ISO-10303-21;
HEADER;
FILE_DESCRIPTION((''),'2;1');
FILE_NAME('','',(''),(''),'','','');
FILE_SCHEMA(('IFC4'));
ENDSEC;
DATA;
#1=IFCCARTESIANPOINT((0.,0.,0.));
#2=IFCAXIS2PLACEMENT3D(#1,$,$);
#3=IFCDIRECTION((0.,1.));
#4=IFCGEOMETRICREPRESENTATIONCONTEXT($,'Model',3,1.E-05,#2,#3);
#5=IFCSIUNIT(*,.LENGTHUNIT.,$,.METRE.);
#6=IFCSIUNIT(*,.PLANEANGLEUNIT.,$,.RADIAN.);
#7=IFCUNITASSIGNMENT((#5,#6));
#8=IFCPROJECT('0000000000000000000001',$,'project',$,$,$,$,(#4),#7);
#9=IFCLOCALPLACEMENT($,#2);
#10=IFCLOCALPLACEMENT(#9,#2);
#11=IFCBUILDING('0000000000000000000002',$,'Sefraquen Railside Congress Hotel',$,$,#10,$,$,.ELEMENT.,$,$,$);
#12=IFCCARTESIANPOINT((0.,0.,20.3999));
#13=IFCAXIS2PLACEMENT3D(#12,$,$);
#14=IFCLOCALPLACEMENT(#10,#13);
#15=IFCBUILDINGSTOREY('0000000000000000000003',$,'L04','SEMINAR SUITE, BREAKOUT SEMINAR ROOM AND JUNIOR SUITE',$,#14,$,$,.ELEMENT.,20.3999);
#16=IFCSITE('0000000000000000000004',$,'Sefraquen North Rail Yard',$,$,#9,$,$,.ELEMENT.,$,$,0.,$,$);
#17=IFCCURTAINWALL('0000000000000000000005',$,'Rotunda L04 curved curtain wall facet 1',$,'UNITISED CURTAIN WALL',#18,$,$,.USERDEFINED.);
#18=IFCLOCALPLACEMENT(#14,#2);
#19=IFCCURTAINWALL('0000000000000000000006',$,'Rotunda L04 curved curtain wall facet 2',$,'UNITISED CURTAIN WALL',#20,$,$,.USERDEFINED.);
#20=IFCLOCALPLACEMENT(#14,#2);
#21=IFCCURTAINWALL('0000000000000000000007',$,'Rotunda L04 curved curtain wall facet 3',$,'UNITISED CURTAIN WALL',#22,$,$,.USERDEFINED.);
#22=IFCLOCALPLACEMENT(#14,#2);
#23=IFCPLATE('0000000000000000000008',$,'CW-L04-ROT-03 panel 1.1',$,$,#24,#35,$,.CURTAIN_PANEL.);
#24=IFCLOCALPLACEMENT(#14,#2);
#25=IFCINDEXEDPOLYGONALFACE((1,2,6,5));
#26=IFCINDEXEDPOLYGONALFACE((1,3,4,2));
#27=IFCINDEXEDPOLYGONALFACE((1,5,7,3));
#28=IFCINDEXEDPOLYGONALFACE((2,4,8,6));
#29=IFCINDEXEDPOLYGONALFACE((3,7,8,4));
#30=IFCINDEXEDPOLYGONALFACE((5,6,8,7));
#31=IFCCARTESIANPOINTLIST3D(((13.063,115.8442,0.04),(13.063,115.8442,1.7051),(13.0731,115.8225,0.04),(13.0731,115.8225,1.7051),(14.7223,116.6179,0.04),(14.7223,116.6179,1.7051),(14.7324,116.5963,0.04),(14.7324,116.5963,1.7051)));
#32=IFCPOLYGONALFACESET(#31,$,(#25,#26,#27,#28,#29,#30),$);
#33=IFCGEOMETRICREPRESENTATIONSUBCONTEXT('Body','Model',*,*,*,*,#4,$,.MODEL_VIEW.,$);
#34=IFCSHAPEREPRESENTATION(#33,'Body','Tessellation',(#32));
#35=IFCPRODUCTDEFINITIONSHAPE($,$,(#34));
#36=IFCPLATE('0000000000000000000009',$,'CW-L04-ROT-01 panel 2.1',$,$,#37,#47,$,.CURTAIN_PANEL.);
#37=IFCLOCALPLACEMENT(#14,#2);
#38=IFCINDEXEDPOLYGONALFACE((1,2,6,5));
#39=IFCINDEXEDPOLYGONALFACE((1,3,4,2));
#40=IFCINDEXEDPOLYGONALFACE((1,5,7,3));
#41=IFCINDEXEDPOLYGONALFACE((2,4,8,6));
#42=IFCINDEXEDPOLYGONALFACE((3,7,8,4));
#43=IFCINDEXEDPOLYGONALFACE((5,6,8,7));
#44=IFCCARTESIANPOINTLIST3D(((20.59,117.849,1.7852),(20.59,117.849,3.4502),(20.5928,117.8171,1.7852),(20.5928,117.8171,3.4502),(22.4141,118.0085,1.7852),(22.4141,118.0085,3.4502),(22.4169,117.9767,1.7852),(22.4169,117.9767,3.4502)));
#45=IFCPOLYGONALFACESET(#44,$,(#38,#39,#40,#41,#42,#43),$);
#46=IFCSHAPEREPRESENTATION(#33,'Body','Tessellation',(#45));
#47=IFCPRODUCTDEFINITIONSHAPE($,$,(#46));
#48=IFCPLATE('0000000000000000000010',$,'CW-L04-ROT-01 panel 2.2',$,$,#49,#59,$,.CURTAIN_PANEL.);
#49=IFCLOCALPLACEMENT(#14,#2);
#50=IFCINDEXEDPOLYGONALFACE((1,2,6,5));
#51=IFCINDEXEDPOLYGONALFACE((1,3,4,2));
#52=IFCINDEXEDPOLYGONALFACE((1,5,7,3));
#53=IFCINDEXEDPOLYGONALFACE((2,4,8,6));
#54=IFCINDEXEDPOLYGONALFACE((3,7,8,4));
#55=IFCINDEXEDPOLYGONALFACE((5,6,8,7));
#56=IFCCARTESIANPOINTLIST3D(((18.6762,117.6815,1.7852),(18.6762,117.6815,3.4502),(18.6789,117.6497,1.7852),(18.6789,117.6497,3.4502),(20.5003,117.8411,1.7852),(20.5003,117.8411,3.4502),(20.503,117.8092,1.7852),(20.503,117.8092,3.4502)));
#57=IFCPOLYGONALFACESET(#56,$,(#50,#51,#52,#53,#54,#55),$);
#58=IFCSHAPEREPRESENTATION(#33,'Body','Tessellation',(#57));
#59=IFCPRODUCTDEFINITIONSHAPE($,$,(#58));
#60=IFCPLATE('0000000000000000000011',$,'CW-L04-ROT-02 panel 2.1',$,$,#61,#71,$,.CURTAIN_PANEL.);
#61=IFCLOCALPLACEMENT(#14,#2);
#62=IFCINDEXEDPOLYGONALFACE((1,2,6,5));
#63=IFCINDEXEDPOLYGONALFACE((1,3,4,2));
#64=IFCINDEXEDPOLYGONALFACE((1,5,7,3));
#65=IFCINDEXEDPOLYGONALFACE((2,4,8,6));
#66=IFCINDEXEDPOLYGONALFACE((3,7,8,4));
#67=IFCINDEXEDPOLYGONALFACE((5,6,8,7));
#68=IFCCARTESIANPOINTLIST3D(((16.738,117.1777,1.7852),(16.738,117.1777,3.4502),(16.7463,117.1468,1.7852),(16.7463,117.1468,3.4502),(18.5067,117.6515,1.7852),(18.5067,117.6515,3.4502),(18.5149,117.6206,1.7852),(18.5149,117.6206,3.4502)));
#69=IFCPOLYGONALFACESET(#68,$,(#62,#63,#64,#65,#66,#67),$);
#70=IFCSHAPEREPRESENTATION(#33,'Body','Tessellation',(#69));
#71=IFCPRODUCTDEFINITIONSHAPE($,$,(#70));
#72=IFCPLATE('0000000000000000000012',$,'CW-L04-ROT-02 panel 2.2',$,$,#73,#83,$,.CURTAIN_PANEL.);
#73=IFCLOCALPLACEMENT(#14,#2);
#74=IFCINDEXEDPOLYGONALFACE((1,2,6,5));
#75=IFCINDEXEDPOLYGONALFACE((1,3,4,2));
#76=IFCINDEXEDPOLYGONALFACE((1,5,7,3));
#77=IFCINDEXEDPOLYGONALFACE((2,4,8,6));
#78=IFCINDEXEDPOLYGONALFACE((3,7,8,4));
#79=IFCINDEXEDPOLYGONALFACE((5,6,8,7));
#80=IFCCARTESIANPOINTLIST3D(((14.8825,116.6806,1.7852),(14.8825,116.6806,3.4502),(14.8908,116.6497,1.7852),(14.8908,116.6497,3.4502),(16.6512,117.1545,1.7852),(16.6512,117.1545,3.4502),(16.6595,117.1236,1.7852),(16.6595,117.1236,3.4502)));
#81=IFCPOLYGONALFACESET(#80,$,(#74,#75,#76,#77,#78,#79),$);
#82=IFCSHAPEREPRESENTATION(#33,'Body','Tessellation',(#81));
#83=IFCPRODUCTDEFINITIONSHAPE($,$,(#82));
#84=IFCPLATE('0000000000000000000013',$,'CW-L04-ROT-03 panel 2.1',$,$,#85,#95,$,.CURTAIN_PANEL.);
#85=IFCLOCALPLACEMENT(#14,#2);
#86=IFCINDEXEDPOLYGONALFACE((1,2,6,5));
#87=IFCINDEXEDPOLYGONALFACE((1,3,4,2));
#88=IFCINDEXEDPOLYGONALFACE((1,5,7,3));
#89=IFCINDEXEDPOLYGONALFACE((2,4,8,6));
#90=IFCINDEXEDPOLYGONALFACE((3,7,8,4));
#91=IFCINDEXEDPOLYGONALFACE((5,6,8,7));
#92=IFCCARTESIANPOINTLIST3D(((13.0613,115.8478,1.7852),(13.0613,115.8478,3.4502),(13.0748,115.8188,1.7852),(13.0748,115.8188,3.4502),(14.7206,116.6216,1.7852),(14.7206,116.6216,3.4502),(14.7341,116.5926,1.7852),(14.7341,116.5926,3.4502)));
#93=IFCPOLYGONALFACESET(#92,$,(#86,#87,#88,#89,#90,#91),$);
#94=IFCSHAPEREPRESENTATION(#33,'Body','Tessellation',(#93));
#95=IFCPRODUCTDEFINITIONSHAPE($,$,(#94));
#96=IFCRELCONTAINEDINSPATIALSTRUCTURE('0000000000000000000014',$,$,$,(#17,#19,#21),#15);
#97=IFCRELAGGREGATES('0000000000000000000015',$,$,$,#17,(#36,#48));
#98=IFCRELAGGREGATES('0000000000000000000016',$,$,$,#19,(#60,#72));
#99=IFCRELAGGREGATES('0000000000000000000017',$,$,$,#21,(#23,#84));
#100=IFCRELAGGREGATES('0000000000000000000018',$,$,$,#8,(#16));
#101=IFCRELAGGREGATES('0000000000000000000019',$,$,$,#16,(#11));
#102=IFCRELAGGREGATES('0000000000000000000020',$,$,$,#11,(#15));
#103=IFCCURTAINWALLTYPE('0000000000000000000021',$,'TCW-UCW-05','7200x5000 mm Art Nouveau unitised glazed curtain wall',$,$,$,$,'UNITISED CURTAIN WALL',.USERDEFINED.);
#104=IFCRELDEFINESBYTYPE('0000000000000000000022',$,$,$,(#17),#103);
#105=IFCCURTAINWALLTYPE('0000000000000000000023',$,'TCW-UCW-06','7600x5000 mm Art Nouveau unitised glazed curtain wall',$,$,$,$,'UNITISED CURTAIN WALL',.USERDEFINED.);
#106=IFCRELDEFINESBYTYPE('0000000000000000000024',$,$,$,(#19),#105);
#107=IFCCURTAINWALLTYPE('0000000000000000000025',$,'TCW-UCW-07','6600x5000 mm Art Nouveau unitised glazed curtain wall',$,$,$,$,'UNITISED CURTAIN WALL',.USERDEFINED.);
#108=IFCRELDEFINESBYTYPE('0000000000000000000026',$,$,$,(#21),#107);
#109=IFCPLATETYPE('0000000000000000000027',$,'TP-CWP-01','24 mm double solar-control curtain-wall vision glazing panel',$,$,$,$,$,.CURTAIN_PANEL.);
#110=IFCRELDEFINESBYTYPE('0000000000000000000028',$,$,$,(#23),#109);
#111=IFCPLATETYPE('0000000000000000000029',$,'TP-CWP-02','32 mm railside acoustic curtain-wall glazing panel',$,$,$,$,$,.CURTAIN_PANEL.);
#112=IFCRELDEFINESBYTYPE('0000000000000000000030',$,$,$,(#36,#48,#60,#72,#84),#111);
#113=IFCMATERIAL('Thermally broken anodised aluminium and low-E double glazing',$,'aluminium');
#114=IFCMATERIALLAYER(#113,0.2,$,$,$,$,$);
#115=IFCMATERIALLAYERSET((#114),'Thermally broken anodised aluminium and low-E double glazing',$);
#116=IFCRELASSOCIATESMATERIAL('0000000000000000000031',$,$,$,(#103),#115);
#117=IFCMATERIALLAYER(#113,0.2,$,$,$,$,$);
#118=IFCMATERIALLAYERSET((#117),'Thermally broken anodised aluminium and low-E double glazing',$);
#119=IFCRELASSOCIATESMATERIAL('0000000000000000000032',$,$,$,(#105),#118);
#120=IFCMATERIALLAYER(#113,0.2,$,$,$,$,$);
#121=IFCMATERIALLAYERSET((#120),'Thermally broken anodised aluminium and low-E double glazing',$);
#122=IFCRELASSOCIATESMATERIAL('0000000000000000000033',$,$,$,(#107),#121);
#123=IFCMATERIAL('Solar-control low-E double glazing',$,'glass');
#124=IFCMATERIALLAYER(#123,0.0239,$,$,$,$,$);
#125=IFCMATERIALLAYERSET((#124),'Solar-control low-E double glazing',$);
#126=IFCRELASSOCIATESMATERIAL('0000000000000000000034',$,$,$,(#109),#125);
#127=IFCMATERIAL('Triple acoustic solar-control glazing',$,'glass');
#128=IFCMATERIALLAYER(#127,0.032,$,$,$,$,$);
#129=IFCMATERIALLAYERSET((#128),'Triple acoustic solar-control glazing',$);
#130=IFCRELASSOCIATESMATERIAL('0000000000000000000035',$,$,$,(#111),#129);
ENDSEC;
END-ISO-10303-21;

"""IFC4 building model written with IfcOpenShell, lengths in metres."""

from ifc_helpers import new_model, si_unit, direction, frame, origin, origin_2d, place, context, subcontext, project, spatial, rectangle, extrude, material, layer, layer_set, type_object, element, aggregate, save


model = new_model("IFC4")

# Units and contexts
model_context = context("Model", 3, precision=1e-05, world=origin(), true_north=direction((0.0, 1.0)))
body_context = subcontext(model_context, "Body", "Model", "MODEL_VIEW")
ifc_project = project(units=[si_unit("LENGTHUNIT", "METRE"), si_unit("PLANEANGLEUNIT", "RADIAN")], contexts=[model_context])

# Site, building, storey
site_placement = place(None, origin())
site = spatial("IfcSite", under=ifc_project, at=site_placement, Name="Sefraquen North Rail Yard", CompositionType="ELEMENT", RefElevation=0.0)
building_placement = place(site_placement, origin())
building = spatial("IfcBuilding", under=site, at=building_placement, Name="Sefraquen Railside Congress Hotel", CompositionType="ELEMENT")
storey_placement = place(building_placement, frame((0.0, 0.0, 20.3999)))
storey = spatial("IfcBuildingStorey", under=building, at=storey_placement, Name="L04", Description="SEMINAR SUITE, BREAKOUT SEMINAR ROOM AND JUNIOR SUITE", CompositionType="ELEMENT", Elevation=20.3999)

# Curtain walls
ifc_material_1 = material(Name="Thermally broken anodised aluminium and low-E double glazing", Category="aluminium")
ifc_layer_1 = layer(ifc_material_1, 0.2)
ifc_layer_set_1 = layer_set([ifc_layer_1], Name="Thermally broken anodised aluminium and low-E double glazing")
curtain_wall_type_1 = type_object("IfcCurtainWallType", Name="TCW-UCW-05", Description="7200x5000 mm Art Nouveau unitised glazed curtain wall", ElementType="UNITISED CURTAIN WALL", PredefinedType="USERDEFINED", material=ifc_layer_set_1)
curtain_wall_1_placement = place(storey_placement, origin())
curtain_wall_1 = element("IfcCurtainWall", 1, at=curtain_wall_1_placement, inside=storey, type_object=curtain_wall_type_1, Name="Rotunda L04 curved curtain wall facet 1", ObjectType="UNITISED CURTAIN WALL", PredefinedType="USERDEFINED")
ifc_layer_2 = layer(ifc_material_1, 0.2)
ifc_layer_set_2 = layer_set([ifc_layer_2], Name="Thermally broken anodised aluminium and low-E double glazing")
curtain_wall_type_2 = type_object("IfcCurtainWallType", Name="TCW-UCW-06", Description="7600x5000 mm Art Nouveau unitised glazed curtain wall", ElementType="UNITISED CURTAIN WALL", PredefinedType="USERDEFINED", material=ifc_layer_set_2)
curtain_wall_2_placement = place(storey_placement, origin())
curtain_wall_2 = element("IfcCurtainWall", 2, at=curtain_wall_2_placement, inside=storey, type_object=curtain_wall_type_2, Name="Rotunda L04 curved curtain wall facet 2", ObjectType="UNITISED CURTAIN WALL", PredefinedType="USERDEFINED")
ifc_layer_3 = layer(ifc_material_1, 0.2)
ifc_layer_set_3 = layer_set([ifc_layer_3], Name="Thermally broken anodised aluminium and low-E double glazing")
curtain_wall_type_3 = type_object("IfcCurtainWallType", Name="TCW-UCW-07", Description="6600x5000 mm Art Nouveau unitised glazed curtain wall", ElementType="UNITISED CURTAIN WALL", PredefinedType="USERDEFINED", material=ifc_layer_set_3)
curtain_wall_3_placement = place(storey_placement, origin())
curtain_wall_3 = element("IfcCurtainWall", 3, at=curtain_wall_3_placement, inside=storey, type_object=curtain_wall_type_3, Name="Rotunda L04 curved curtain wall facet 3", ObjectType="UNITISED CURTAIN WALL", PredefinedType="USERDEFINED")

# Plates
ifc_material_2 = material(Name="Solar-control low-E double glazing", Category="glass")
ifc_layer_4 = layer(ifc_material_2, 0.0239)
ifc_layer_set_4 = layer_set([ifc_layer_4], Name="Solar-control low-E double glazing")
plate_type_1 = type_object("IfcPlateType", Name="TP-CWP-01", Description="24 mm double solar-control curtain-wall vision glazing panel", PredefinedType="CURTAIN_PANEL", material=ifc_layer_set_4)
plate_1_placement = place(storey_placement, frame((13.8977, 116.2202, 0.04), z_axis=(0.0, 0.0, 1.0), x_axis=(-0.9063, -0.422634, 0.0)))
plate_1 = element("IfcPlate", 4, at=plate_1_placement, type_object=plate_type_1, Name="CW-L04-ROT-03 panel 1.1", PredefinedType="CURTAIN_PANEL", context=body_context, shape_type="SweptSolid", body=[
    extrude(rectangle(XDim=1.8308, YDim=0.0239, at=origin_2d()), origin(), (0.0, 0.0, 1.0), 1.665),
])
ifc_material_3 = material(Name="Triple acoustic solar-control glazing", Category="glass")
ifc_layer_5 = layer(ifc_material_3, 0.032)
ifc_layer_set_5 = layer_set([ifc_layer_5], Name="Triple acoustic solar-control glazing")
plate_type_2 = type_object("IfcPlateType", Name="TP-CWP-02", Description="32 mm railside acoustic curtain-wall glazing panel", PredefinedType="CURTAIN_PANEL", material=ifc_layer_set_5)
plate_2_placement = place(storey_placement, frame((21.5034, 117.9128, 1.7852), z_axis=(0.0, 0.0, 1.0), x_axis=(-0.996196, -0.087138, 0.0)))
plate_2 = element("IfcPlate", 5, at=plate_2_placement, type_object=plate_type_2, Name="CW-L04-ROT-01 panel 2.1", PredefinedType="CURTAIN_PANEL", context=body_context, shape_type="SweptSolid", body=[
    extrude(rectangle(XDim=1.8311, YDim=0.032, at=origin_2d()), origin(), (0.0, 0.0, 1.0), 1.665),
])
plate_3_placement = place(storey_placement, frame((19.5896, 117.7454, 1.7852), z_axis=(0.0, 0.0, 1.0), x_axis=(-0.996196, -0.087138, 0.0)))
plate_3 = element("IfcPlate", 6, at=plate_3_placement, type_object=plate_type_2, Name="CW-L04-ROT-01 panel 2.2", PredefinedType="CURTAIN_PANEL", context=body_context, shape_type="SweptSolid", body=[
    extrude(rectangle(XDim=1.8311, YDim=0.032, at=origin_2d()), origin(), (0.0, 0.0, 1.0), 1.665),
])
aggregate(curtain_wall_1, [plate_2, plate_3])
plate_4_placement = place(storey_placement, frame((17.6265, 117.3992, 1.7852), z_axis=(0.0, 0.0, 1.0), x_axis=(-0.965935, -0.258785, 0.0)))
plate_4 = element("IfcPlate", 7, at=plate_4_placement, type_object=plate_type_2, Name="CW-L04-ROT-02 panel 2.1", PredefinedType="CURTAIN_PANEL", context=body_context, shape_type="SweptSolid", body=[
    extrude(rectangle(XDim=1.8311, YDim=0.032, at=origin_2d()), origin(), (0.0, 0.0, 1.0), 1.665),
])
plate_5_placement = place(storey_placement, frame((15.771, 116.9021, 1.7852), z_axis=(0.0, 0.0, 1.0), x_axis=(-0.965935, -0.258785, 0.0)))
plate_5 = element("IfcPlate", 8, at=plate_5_placement, type_object=plate_type_2, Name="CW-L04-ROT-02 panel 2.2", PredefinedType="CURTAIN_PANEL", context=body_context, shape_type="SweptSolid", body=[
    extrude(rectangle(XDim=1.8311, YDim=0.032, at=origin_2d()), origin(), (0.0, 0.0, 1.0), 1.665),
])
aggregate(curtain_wall_2, [plate_4, plate_5])
plate_6_placement = place(storey_placement, frame((13.8977, 116.2202, 1.7852), z_axis=(0.0, 0.0, 1.0), x_axis=(-0.9063, -0.422634, 0.0)))
plate_6 = element("IfcPlate", 9, at=plate_6_placement, type_object=plate_type_2, Name="CW-L04-ROT-03 panel 2.1", PredefinedType="CURTAIN_PANEL", context=body_context, shape_type="SweptSolid", body=[
    extrude(rectangle(XDim=1.8308, YDim=0.032, at=origin_2d()), origin(), (0.0, 0.0, 1.0), 1.665),
])
aggregate(curtain_wall_3, [plate_1, plate_6])

save(model, "model.ifc")
